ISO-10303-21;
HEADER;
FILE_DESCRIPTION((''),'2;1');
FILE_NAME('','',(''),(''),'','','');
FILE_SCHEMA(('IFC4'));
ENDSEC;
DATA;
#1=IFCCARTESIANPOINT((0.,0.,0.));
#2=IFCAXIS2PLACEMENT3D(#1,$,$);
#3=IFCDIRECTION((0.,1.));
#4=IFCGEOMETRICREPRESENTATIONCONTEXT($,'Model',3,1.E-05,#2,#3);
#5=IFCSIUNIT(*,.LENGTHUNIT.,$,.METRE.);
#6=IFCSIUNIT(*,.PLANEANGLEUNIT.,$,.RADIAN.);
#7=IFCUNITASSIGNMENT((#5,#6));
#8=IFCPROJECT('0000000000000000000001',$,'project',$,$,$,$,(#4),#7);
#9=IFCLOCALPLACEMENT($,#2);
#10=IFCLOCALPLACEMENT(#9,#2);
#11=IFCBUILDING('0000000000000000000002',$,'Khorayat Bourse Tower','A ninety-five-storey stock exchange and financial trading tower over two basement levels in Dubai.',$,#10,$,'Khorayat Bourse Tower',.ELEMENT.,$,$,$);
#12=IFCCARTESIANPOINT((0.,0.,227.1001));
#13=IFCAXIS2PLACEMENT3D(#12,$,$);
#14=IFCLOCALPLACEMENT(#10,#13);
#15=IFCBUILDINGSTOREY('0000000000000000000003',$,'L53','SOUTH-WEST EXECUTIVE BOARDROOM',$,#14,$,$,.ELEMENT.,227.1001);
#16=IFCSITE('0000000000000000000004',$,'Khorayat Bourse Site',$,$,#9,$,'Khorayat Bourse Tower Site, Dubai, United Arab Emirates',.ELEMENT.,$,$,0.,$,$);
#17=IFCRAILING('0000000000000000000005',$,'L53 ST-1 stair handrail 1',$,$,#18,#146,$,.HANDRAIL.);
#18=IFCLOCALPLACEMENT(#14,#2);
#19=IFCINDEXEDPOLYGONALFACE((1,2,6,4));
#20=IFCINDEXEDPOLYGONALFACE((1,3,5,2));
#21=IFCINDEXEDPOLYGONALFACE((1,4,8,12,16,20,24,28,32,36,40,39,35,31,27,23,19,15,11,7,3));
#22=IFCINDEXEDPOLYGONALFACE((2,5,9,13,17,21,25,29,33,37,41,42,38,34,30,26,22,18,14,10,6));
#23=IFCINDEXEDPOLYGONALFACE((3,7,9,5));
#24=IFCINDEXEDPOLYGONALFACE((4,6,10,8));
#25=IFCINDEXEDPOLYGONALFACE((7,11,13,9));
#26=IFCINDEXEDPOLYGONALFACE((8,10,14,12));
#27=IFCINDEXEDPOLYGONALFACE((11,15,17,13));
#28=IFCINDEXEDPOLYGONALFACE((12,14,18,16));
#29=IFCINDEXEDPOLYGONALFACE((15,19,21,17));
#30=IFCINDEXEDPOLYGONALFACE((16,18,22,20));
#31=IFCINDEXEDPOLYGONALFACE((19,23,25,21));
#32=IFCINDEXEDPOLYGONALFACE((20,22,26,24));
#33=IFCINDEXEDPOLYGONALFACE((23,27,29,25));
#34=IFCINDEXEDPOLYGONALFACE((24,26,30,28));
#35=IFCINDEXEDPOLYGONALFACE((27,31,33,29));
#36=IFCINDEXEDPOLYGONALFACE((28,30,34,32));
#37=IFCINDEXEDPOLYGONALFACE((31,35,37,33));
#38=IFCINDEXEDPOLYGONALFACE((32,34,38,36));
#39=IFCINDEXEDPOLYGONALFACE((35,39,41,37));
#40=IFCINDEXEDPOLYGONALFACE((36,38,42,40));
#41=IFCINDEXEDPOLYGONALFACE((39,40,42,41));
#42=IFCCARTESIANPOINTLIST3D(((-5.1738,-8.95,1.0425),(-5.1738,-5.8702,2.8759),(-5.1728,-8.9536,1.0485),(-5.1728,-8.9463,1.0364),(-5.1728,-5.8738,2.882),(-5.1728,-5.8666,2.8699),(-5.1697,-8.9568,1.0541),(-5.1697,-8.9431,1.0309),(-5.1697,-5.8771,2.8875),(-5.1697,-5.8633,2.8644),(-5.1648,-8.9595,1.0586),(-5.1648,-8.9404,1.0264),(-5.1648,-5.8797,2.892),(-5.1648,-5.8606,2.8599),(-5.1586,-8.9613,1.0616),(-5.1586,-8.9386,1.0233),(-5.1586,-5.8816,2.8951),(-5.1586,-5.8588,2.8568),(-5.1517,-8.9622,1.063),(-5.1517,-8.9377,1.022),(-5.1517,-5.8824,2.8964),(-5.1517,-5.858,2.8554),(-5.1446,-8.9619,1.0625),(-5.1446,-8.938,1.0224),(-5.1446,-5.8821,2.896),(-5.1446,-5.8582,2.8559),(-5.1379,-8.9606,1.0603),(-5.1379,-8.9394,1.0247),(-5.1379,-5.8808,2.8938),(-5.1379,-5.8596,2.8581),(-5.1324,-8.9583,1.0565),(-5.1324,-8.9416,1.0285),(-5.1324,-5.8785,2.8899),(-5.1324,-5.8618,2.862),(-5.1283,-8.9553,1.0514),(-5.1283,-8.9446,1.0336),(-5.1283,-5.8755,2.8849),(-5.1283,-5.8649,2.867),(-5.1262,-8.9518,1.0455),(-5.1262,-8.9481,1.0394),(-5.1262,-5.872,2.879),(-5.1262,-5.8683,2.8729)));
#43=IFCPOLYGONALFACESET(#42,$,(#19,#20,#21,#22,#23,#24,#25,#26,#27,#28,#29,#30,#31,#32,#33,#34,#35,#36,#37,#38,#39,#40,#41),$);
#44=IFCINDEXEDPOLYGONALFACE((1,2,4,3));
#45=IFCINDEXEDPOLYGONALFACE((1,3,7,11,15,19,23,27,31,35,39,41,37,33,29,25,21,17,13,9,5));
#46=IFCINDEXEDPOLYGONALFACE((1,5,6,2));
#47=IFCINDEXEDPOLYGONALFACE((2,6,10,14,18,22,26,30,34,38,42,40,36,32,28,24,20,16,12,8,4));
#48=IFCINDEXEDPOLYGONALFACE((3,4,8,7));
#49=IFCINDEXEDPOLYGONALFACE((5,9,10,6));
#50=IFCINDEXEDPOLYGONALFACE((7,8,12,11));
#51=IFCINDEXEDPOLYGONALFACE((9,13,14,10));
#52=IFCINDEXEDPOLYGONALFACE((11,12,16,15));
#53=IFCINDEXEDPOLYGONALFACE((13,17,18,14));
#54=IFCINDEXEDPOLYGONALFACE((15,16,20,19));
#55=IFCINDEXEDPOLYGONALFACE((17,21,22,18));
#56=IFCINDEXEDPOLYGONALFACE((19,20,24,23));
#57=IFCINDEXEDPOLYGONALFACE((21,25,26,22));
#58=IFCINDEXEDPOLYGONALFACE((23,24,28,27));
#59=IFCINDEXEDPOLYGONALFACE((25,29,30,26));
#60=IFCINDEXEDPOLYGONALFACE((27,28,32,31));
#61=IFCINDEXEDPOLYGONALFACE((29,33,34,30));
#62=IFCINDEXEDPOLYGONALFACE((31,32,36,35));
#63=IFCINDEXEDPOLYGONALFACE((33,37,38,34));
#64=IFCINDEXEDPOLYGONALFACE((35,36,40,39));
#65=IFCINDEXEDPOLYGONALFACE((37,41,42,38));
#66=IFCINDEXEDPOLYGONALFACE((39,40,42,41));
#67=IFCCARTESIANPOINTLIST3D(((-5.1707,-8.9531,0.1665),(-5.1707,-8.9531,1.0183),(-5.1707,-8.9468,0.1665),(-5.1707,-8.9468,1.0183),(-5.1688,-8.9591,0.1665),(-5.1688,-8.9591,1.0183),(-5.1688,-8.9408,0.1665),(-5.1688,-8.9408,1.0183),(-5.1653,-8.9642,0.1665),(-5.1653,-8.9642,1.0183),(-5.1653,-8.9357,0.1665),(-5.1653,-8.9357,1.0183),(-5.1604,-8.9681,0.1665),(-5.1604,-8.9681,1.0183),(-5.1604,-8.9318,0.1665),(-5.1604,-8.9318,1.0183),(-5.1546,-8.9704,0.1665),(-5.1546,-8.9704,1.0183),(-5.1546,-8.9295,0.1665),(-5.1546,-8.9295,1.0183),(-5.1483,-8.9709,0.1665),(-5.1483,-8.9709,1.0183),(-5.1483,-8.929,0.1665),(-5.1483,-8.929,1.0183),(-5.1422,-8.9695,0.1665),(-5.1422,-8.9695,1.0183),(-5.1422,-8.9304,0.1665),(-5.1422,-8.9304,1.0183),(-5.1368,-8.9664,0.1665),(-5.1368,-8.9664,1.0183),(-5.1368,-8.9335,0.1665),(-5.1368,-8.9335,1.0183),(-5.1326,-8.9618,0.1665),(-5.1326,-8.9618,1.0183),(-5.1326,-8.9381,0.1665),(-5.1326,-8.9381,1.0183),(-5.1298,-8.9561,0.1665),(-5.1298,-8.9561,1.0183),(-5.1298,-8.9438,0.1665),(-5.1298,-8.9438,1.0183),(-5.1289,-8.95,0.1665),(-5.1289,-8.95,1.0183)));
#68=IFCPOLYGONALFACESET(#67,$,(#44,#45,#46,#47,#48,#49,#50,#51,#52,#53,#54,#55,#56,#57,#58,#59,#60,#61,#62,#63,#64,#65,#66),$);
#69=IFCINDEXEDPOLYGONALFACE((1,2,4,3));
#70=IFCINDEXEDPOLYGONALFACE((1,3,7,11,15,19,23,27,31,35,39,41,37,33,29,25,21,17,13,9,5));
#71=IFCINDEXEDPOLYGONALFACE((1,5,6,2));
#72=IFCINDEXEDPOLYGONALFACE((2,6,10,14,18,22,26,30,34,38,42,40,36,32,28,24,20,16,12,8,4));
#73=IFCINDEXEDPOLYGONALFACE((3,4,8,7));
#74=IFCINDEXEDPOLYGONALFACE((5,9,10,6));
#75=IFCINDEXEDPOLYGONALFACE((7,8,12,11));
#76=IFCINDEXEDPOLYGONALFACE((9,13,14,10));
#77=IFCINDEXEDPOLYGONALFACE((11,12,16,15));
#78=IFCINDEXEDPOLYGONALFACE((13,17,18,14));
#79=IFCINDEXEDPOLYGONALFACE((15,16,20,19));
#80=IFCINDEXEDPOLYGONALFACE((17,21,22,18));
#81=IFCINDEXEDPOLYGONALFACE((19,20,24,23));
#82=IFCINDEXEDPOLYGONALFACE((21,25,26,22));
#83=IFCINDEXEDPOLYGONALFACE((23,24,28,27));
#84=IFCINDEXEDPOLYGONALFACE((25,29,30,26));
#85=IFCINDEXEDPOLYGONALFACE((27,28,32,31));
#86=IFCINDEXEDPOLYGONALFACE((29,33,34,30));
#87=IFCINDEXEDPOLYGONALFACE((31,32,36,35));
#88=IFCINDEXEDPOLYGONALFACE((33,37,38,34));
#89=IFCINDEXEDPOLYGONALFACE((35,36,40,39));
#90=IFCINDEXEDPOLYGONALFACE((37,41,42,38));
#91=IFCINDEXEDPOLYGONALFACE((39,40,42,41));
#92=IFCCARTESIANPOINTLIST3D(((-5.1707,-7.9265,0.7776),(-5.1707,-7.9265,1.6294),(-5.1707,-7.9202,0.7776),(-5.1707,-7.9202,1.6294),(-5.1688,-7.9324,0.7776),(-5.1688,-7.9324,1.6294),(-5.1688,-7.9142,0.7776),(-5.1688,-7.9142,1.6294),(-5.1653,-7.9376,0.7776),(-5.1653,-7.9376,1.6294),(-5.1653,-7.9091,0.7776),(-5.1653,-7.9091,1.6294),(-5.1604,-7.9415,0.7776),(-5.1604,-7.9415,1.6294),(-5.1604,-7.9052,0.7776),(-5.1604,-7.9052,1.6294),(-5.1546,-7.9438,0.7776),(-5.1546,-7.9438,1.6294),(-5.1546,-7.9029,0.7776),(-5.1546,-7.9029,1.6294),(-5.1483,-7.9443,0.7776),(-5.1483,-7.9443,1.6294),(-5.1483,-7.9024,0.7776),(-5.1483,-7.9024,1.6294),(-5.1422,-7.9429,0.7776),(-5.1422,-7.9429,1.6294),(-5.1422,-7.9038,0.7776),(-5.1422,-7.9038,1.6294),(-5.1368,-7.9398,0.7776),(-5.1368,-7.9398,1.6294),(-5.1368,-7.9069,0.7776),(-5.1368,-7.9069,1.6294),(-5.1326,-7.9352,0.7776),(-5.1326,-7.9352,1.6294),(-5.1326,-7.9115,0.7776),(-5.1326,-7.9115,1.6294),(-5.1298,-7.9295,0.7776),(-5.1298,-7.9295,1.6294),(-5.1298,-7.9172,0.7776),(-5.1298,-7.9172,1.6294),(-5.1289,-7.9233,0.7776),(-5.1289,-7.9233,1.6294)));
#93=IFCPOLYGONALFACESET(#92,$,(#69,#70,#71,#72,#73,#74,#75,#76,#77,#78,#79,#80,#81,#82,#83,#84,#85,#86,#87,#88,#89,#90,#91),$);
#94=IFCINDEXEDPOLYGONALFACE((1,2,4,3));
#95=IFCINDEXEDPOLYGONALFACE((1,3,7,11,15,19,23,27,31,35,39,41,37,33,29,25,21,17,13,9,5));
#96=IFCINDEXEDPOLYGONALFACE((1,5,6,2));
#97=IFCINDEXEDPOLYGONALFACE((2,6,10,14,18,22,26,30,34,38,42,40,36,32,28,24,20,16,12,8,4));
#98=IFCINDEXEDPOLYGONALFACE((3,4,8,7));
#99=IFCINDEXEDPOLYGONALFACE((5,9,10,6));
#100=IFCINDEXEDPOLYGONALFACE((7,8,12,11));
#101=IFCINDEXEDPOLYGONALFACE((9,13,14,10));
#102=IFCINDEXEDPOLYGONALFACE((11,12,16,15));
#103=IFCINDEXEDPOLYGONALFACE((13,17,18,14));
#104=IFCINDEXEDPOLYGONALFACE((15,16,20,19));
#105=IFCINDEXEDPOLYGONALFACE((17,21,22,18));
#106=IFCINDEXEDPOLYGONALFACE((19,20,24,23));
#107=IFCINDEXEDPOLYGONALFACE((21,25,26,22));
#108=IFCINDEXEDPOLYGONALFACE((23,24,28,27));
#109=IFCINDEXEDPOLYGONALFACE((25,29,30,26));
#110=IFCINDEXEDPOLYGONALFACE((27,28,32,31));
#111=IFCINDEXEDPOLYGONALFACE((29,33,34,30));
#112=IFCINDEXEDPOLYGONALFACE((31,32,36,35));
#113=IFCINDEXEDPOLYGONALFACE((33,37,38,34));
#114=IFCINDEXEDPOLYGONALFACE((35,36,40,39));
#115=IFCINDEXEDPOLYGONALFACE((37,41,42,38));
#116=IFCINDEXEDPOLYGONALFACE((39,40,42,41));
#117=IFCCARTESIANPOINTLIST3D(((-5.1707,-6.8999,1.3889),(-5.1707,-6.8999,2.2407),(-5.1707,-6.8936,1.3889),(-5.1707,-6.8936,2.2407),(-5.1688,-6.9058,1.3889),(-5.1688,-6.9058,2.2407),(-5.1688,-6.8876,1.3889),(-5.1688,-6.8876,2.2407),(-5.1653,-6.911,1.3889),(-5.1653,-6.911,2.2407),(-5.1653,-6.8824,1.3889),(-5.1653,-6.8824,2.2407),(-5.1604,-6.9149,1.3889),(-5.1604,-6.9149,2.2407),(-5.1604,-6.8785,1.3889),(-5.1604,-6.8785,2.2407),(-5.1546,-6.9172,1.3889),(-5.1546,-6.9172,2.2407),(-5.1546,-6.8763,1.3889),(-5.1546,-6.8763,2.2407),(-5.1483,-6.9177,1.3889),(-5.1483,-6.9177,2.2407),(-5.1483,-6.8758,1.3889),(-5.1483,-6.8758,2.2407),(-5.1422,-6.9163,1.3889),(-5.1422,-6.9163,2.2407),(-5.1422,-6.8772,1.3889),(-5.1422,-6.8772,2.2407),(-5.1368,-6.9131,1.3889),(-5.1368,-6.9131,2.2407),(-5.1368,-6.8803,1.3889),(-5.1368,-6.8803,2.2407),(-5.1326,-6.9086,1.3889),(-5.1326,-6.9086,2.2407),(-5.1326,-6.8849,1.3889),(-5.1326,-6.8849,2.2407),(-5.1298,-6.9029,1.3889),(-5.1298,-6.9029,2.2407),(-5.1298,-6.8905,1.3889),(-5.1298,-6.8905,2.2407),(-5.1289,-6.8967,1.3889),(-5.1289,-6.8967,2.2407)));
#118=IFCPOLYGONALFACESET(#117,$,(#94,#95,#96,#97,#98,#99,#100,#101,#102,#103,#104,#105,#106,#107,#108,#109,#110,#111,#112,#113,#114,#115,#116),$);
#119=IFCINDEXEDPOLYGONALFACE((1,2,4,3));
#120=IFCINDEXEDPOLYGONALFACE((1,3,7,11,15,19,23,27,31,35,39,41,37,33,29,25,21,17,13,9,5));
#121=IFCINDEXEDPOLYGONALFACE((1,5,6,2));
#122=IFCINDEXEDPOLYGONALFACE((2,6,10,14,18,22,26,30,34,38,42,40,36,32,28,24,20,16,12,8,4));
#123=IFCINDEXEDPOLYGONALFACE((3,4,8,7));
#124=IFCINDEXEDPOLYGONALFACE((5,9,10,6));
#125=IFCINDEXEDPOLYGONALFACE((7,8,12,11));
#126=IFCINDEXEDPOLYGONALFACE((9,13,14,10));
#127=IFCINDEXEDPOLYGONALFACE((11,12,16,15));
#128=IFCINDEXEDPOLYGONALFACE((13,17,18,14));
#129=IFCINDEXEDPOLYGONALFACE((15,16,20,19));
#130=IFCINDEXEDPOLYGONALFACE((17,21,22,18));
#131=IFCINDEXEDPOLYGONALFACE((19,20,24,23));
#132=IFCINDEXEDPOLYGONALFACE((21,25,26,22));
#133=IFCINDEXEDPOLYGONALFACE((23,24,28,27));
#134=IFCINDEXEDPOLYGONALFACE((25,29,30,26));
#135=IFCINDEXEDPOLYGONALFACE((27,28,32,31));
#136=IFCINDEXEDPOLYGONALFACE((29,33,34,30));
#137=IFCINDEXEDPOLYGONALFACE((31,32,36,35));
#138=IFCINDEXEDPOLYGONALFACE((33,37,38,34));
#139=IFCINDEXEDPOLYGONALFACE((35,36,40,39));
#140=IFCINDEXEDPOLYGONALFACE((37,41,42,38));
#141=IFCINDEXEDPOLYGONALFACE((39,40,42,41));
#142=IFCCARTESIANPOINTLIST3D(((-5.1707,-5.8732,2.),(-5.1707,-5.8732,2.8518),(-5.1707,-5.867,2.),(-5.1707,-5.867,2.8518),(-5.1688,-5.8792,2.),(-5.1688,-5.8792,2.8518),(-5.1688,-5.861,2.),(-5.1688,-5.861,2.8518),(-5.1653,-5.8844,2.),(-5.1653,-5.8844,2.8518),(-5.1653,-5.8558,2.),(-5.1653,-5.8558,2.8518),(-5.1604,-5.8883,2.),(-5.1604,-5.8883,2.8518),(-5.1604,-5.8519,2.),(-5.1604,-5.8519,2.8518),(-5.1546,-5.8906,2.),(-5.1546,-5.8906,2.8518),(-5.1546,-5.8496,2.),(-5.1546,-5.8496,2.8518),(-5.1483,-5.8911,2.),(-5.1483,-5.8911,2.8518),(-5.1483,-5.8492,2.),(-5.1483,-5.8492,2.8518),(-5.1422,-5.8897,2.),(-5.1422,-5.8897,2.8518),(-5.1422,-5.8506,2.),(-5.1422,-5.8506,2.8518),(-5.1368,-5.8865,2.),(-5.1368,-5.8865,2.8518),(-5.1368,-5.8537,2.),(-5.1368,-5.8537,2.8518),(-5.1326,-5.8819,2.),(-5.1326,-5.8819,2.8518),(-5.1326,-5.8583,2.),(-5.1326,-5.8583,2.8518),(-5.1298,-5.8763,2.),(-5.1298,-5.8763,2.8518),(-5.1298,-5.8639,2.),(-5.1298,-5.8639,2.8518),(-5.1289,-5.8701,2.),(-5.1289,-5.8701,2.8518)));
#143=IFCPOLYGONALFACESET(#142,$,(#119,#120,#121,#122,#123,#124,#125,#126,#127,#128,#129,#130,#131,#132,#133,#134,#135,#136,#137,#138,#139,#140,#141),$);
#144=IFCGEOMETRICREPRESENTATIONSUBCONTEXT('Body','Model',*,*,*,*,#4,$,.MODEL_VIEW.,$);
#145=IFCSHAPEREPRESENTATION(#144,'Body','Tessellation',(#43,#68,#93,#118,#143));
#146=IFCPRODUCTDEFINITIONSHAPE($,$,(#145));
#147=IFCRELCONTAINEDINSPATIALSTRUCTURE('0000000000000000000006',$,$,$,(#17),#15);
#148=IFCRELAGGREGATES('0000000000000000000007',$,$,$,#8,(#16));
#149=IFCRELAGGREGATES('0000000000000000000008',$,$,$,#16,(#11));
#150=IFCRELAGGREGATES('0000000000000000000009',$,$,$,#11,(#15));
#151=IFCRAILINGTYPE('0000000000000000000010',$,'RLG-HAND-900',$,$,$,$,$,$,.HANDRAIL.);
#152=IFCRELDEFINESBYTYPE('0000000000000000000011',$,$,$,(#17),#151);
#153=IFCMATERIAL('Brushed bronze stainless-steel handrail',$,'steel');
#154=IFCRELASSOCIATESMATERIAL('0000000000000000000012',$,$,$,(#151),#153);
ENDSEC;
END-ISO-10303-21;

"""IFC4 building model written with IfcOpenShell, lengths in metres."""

from ifc_helpers import new_model, si_unit, direction, frame, origin, origin_2d, place, context, subcontext, project, spatial, circle, extrude, source, transform, mapped, material, type_object, element, save


model = new_model("IFC4")

# Units and contexts
model_context = context("Model", 3, precision=1e-05, world=origin(), true_north=direction((0.0, 1.0)))
body_context = subcontext(model_context, "Body", "Model", "MODEL_VIEW")
ifc_project = project(units=[si_unit("LENGTHUNIT", "METRE"), si_unit("PLANEANGLEUNIT", "RADIAN")], contexts=[model_context])

# Site, building, storey
site_placement = place(None, origin())
site = spatial("IfcSite", under=ifc_project, at=site_placement, Name="Khorayat Bourse Site", LongName="Khorayat Bourse Tower Site, Dubai, United Arab Emirates", CompositionType="ELEMENT", RefElevation=0.0)
building_placement = place(site_placement, origin())
building = spatial("IfcBuilding", under=site, at=building_placement, Name="Khorayat Bourse Tower", Description="A ninety-five-storey stock exchange and financial trading tower over two basement levels in Dubai.", LongName="Khorayat Bourse Tower", CompositionType="ELEMENT")
storey_placement = place(building_placement, frame((0.0, 0.0, 227.1001)))
storey = spatial("IfcBuildingStorey", under=building, at=storey_placement, Name="L53", Description="SOUTH-WEST EXECUTIVE BOARDROOM", CompositionType="ELEMENT", Elevation=227.1001)

# Railing
ifc_material_1 = material(Name="Brushed bronze stainless-steel handrail", Category="steel")
railing_type_1 = type_object("IfcRailingType", Name="RLG-HAND-900", PredefinedType="HANDRAIL", material=ifc_material_1)
shared_shape_1 = source(origin(), body_context, "Body", "SweptSolid", [
    extrude(circle(Radius=0.0239, at=origin_2d()), frame((0.0, 0.0, 0.876), z_axis=(0.0, 0.859261, 0.511538), x_axis=(-1.0, 0.0, 0.0)), (0.0, 0.0, 1.0), 3.5842),
    extrude(circle(Radius=0.021, at=origin_2d()), origin(), (0.0, 0.0, 1.0), 0.8518),
    extrude(circle(Radius=0.021, at=origin_2d()), frame((0.0, 1.0266, 0.6111)), (0.0, 0.0, 1.0), 0.8518),
    extrude(circle(Radius=0.021, at=origin_2d()), frame((0.0, 2.0532, 1.2224)), (0.0, 0.0, 1.0), 0.8518),
    extrude(circle(Radius=0.021, at=origin_2d()), frame((0.0, 3.0798, 1.8335)), (0.0, 0.0, 1.0), 0.8518),
])
railing_1_placement = place(storey_placement, frame((-5.1499, -8.95, 0.1665)))
element("IfcRailing", 1, at=railing_1_placement, inside=storey, type_object=railing_type_1, Name="L53 ST-1 stair handrail 1", PredefinedType="HANDRAIL", context=body_context, shape_type="MappedRepresentation", body=[
    mapped(shared_shape_1, transform((0.0, 0.0, 0.0), scale=1.0)),
])

save(model, "model.ifc")
